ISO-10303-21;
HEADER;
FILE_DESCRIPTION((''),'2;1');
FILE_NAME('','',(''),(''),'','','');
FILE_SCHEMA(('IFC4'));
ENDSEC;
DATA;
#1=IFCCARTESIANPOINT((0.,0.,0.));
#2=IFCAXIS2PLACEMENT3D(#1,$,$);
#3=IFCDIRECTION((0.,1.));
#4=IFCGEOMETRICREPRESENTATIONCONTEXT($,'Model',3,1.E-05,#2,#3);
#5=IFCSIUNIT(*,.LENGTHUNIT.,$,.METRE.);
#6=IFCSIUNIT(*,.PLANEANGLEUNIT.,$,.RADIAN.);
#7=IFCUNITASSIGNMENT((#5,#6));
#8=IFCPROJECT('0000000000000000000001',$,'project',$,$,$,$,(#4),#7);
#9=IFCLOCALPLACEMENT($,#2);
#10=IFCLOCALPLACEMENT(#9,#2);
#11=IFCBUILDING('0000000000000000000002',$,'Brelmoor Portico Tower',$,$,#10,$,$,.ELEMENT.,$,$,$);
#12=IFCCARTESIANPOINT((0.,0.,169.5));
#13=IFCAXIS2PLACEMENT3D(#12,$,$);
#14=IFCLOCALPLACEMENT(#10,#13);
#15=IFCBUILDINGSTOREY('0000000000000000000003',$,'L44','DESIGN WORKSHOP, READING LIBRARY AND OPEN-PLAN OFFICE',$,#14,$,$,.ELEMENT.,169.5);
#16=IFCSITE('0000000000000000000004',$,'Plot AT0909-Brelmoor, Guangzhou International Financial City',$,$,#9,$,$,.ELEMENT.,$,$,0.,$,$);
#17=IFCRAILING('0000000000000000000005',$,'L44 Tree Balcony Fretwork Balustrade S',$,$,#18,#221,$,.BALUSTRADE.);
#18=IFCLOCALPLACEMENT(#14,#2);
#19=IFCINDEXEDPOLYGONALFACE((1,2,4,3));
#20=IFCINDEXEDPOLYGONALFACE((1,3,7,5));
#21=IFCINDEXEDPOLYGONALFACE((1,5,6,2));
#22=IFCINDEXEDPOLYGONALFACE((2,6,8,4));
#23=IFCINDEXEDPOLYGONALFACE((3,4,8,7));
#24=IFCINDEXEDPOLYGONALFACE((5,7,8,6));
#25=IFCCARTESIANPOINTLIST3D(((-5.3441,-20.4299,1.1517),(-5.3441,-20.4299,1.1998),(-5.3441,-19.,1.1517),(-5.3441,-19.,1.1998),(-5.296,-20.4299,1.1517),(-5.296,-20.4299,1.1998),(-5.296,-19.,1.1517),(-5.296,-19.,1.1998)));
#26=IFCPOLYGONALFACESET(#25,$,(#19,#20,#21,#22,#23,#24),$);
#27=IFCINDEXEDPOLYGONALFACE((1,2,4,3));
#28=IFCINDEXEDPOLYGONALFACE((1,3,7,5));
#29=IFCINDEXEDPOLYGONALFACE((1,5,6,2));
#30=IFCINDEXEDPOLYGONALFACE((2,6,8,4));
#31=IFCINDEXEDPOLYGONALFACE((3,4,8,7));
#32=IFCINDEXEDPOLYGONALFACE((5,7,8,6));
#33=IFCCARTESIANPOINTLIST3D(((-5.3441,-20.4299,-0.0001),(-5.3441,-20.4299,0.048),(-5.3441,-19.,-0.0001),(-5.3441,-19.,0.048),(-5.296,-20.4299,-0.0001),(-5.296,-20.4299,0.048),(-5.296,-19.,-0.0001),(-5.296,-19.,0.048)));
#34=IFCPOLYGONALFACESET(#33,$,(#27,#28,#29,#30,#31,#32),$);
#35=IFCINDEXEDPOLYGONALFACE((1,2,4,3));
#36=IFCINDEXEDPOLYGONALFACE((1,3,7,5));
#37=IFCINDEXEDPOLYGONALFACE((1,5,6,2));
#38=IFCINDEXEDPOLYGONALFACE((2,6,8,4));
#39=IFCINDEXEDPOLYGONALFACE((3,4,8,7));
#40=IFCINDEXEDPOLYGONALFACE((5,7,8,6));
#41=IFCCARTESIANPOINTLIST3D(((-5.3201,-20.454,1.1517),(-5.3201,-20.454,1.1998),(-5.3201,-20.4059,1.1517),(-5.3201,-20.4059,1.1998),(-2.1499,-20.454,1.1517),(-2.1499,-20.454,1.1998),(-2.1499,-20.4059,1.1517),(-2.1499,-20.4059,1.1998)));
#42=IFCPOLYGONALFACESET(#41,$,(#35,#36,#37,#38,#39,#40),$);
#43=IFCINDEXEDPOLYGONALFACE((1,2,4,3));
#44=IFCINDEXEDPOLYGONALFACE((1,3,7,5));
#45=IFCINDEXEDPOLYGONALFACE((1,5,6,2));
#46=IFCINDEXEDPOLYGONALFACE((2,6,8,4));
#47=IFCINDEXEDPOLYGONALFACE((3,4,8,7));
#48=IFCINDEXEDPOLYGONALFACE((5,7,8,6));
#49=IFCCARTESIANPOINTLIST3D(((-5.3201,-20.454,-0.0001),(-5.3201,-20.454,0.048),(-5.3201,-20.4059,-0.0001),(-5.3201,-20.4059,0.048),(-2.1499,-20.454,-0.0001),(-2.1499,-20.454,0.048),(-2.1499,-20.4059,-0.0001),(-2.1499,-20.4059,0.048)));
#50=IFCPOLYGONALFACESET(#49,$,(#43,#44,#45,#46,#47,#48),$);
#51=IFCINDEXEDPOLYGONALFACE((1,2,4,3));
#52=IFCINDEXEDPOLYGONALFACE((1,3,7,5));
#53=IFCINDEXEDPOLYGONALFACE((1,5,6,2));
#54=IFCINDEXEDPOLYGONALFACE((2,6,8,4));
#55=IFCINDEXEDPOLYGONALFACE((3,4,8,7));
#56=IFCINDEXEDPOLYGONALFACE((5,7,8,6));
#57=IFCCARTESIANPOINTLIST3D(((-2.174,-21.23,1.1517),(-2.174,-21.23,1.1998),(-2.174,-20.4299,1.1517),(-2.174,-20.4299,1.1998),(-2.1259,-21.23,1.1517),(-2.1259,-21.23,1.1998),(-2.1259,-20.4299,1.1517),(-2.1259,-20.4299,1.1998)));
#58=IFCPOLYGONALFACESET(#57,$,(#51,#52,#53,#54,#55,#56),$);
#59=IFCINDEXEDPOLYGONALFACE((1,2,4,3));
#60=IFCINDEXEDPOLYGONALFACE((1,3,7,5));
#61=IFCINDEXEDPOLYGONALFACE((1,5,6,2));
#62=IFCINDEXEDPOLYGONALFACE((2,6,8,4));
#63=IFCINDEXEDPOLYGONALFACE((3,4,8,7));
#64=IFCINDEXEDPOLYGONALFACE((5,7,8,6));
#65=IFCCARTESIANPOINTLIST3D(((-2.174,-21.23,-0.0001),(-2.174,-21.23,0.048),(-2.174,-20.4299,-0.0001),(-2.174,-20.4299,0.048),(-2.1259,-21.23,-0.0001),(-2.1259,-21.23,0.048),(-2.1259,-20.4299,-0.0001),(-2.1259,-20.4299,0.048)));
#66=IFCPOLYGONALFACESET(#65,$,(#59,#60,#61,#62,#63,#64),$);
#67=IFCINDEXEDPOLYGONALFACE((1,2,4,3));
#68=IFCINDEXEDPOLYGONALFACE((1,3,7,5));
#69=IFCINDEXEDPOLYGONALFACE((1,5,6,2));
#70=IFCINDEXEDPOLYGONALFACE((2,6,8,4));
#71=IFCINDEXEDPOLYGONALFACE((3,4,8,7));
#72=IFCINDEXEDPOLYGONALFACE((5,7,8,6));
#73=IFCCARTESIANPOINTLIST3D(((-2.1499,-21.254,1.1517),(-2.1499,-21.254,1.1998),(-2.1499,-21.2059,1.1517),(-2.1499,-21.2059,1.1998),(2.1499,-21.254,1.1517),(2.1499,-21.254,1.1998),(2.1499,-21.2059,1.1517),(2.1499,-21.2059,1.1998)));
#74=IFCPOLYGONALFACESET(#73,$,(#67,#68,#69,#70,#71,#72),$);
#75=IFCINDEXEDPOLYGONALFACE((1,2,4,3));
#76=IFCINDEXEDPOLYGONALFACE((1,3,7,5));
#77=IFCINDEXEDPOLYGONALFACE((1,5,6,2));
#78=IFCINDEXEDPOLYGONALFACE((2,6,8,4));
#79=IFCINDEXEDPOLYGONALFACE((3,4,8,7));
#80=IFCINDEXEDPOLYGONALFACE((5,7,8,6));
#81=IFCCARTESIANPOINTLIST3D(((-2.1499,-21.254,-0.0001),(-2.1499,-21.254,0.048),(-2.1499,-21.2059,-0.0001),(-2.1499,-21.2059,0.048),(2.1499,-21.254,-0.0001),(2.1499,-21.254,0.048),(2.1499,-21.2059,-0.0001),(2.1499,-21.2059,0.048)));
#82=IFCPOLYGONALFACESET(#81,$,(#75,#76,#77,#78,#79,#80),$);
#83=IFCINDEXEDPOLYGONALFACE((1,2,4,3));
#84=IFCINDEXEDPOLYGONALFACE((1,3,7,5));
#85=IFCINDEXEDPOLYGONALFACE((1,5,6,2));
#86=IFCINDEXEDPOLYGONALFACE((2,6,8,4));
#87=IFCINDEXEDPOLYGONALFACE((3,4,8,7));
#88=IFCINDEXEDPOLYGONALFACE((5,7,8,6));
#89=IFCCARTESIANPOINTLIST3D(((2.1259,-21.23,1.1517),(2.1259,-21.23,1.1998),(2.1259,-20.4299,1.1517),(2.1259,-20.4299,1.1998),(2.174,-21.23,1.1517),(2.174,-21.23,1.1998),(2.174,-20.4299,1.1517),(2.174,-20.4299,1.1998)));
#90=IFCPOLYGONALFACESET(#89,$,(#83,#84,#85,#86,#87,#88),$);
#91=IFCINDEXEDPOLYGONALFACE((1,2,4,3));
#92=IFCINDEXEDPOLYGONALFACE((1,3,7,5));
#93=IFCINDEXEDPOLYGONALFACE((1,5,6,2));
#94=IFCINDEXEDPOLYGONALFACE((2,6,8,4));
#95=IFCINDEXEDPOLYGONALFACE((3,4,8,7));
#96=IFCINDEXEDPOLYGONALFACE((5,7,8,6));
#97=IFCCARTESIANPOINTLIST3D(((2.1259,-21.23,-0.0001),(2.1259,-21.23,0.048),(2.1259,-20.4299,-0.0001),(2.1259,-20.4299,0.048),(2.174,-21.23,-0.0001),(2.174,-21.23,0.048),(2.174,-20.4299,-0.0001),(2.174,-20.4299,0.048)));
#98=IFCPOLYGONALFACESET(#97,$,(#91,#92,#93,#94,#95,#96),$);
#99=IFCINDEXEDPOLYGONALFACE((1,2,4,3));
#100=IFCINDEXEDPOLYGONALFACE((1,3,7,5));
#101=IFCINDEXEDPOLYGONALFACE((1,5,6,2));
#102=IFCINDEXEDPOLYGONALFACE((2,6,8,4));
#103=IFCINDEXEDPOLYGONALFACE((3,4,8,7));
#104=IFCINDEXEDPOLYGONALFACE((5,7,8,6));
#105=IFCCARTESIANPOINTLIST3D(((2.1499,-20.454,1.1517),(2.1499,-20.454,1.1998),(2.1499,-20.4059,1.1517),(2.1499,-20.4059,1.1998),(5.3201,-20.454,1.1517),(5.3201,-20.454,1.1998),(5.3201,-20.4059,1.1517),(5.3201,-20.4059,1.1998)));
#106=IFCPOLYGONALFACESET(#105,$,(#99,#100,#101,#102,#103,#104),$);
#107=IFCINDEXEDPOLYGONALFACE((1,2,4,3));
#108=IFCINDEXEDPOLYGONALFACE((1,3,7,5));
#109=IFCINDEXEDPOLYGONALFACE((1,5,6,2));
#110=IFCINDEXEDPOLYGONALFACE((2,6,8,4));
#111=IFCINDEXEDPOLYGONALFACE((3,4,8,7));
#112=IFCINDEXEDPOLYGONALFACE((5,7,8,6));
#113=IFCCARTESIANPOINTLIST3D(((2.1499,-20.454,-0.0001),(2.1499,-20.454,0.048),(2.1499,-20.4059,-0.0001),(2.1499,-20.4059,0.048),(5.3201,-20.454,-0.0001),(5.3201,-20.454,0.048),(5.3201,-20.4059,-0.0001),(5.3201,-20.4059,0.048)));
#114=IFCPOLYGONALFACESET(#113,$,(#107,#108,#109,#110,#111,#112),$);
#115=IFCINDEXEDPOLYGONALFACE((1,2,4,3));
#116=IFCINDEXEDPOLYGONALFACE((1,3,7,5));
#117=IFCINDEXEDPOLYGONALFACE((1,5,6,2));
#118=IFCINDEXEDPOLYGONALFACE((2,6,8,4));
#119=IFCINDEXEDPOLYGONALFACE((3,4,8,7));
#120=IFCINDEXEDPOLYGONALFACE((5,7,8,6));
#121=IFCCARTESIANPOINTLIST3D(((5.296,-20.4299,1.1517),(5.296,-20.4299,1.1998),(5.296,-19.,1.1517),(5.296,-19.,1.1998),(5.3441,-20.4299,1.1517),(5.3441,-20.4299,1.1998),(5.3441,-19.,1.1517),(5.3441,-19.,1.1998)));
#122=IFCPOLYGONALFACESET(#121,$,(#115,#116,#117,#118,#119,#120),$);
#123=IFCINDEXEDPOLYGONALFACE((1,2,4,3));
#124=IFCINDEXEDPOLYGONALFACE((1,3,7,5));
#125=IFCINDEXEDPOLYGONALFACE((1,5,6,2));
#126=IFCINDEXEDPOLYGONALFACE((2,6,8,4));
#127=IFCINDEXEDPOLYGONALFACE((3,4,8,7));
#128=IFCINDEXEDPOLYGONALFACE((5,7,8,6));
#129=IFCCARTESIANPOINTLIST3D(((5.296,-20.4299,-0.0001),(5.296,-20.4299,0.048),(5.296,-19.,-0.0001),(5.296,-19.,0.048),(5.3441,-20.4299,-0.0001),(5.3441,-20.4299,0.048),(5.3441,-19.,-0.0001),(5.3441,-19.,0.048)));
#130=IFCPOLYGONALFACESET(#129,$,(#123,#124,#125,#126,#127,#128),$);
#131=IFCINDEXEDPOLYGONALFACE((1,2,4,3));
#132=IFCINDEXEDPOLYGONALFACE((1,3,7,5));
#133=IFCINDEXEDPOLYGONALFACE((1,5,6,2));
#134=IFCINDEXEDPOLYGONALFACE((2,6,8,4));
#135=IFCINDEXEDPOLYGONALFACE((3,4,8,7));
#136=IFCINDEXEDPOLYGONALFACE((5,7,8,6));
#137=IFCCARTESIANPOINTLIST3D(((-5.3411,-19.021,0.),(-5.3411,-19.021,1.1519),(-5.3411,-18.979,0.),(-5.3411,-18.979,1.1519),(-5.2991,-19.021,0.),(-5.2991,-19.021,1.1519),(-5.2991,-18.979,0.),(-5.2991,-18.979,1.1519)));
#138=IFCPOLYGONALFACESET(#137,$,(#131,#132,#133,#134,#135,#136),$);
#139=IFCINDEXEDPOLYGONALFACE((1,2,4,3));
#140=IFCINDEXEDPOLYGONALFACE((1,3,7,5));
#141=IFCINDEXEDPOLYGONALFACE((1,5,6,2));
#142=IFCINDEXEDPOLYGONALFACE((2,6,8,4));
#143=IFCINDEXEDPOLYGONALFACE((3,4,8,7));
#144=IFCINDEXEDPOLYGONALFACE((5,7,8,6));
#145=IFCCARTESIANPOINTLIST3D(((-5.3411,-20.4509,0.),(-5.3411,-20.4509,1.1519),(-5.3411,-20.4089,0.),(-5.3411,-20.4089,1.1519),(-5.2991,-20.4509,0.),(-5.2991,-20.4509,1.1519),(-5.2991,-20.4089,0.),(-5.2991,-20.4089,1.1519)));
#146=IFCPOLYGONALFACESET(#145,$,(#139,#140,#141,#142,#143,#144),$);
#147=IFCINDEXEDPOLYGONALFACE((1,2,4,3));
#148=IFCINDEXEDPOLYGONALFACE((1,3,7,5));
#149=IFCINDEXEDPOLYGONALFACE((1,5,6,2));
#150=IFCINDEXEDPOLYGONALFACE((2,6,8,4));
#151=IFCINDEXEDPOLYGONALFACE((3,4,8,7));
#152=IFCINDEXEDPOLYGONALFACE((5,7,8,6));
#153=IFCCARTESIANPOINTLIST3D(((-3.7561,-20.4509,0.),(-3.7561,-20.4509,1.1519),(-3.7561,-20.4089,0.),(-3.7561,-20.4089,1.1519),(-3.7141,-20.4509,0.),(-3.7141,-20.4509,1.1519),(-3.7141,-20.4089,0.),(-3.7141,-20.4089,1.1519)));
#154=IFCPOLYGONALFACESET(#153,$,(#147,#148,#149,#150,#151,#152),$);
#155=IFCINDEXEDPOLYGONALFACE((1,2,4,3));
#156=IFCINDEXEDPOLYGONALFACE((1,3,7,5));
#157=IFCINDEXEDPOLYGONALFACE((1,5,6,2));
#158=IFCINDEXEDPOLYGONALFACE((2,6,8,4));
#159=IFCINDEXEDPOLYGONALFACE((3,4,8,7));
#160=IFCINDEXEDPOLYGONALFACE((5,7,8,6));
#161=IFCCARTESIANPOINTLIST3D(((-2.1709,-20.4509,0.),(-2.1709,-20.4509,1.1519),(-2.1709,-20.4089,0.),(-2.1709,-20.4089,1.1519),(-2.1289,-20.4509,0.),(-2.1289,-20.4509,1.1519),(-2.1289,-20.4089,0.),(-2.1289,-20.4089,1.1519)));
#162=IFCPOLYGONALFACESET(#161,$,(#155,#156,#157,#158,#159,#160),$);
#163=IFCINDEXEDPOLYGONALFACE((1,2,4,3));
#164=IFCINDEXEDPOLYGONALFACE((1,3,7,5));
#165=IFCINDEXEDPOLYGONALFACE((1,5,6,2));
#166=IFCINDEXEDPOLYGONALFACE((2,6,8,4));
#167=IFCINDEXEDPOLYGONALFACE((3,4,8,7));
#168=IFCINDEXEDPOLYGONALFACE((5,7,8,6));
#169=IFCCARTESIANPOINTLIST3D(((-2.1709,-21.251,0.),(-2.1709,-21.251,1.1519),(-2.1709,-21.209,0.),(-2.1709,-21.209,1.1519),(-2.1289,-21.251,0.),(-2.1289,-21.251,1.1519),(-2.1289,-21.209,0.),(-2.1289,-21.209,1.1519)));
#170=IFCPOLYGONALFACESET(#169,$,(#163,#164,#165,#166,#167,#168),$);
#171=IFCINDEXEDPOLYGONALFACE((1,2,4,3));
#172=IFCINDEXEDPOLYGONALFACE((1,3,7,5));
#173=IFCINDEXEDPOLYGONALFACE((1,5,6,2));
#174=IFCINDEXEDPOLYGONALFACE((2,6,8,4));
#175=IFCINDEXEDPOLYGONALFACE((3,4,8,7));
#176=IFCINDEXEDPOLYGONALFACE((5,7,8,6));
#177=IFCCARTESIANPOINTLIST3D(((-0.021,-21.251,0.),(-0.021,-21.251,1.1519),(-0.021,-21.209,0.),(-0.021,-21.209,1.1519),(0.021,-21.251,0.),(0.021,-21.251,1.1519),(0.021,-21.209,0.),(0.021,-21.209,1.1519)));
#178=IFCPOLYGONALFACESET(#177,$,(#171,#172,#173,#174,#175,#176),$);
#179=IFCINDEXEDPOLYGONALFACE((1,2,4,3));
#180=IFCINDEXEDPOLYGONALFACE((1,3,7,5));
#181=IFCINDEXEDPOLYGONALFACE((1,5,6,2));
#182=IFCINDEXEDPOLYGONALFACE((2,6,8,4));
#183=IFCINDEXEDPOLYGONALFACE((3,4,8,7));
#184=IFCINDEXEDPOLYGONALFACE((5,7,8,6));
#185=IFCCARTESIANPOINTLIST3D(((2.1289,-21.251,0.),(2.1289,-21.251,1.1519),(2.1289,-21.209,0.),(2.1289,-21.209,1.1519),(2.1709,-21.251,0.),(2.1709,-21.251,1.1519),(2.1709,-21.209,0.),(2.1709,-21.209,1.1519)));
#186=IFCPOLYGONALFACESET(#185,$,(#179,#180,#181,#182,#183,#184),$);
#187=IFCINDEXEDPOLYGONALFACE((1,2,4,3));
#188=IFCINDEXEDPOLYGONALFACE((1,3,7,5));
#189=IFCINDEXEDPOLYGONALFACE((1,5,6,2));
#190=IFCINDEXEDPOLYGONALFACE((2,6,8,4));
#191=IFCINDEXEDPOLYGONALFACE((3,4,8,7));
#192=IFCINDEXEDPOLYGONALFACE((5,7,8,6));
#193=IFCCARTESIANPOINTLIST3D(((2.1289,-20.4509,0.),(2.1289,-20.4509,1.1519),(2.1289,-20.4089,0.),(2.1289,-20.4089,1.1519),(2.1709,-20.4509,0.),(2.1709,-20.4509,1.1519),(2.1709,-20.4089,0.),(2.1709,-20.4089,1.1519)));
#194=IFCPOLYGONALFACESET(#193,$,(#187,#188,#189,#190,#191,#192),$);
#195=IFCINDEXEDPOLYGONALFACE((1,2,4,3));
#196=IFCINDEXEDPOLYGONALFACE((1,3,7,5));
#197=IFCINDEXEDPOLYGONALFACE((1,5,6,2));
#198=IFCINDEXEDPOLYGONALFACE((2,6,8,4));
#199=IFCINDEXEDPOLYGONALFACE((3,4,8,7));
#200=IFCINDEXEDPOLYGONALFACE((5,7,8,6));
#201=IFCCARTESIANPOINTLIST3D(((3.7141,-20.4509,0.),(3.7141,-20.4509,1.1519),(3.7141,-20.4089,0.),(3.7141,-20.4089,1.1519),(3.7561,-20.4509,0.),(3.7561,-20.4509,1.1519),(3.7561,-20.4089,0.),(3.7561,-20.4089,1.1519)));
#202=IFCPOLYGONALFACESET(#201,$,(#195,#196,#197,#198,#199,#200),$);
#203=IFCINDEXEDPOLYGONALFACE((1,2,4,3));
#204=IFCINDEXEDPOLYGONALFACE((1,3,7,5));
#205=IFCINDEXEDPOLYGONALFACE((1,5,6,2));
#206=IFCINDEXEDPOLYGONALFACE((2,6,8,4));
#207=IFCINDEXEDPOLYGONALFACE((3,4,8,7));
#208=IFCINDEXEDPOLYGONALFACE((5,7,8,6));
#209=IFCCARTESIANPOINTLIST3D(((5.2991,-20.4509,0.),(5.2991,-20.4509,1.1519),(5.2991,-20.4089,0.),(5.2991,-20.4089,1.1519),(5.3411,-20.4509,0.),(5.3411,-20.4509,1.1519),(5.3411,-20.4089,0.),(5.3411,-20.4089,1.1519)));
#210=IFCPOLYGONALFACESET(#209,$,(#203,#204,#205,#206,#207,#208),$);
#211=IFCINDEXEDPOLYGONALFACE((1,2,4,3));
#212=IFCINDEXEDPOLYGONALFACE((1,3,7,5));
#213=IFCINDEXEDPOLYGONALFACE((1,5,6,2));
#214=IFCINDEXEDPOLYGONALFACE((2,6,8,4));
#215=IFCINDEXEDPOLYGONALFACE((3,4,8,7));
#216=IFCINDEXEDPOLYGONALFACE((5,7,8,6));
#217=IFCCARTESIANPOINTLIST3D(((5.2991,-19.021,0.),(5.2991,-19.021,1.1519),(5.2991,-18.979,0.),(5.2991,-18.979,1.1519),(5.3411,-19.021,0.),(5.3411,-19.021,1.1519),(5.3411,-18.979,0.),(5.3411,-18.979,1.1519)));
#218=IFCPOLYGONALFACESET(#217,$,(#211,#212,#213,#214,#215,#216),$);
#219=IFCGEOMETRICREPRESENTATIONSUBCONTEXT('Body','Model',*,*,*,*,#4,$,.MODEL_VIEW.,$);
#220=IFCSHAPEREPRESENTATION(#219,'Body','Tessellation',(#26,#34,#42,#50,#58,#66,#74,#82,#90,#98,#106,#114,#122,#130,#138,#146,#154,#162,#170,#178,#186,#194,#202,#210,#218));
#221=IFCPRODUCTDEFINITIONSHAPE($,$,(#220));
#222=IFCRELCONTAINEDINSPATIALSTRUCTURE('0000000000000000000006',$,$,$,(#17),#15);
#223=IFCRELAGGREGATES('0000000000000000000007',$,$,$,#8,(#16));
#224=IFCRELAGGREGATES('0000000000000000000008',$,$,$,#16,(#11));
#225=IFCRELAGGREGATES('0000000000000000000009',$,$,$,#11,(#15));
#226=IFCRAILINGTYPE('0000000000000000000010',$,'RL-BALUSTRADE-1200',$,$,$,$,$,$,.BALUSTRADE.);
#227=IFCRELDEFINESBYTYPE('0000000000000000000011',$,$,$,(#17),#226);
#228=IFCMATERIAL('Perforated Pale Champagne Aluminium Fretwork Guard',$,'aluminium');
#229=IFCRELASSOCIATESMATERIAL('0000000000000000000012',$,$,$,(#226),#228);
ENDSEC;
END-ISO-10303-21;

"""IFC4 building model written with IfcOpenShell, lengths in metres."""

from ifc_helpers import new_model, si_unit, direction, frame, origin, origin_2d, place, context, subcontext, project, spatial, rectangle, extrude, material, type_object, element, save


model = new_model("IFC4")

# Units and contexts
model_context = context("Model", 3, precision=1e-05, world=origin(), true_north=direction((0.0, 1.0)))
body_context = subcontext(model_context, "Body", "Model", "MODEL_VIEW")
ifc_project = project(units=[si_unit("LENGTHUNIT", "METRE"), si_unit("PLANEANGLEUNIT", "RADIAN")], contexts=[model_context])

# Site, building, storey
site_placement = place(None, origin())
site = spatial("IfcSite", under=ifc_project, at=site_placement, Name="Plot AT0909-Brelmoor, Guangzhou International Financial City", CompositionType="ELEMENT", RefElevation=0.0)
building_placement = place(site_placement, origin())
building = spatial("IfcBuilding", under=site, at=building_placement, Name="Brelmoor Portico Tower", CompositionType="ELEMENT")
storey_placement = place(building_placement, frame((0.0, 0.0, 169.5)))
storey = spatial("IfcBuildingStorey", under=building, at=storey_placement, Name="L44", Description="DESIGN WORKSHOP, READING LIBRARY AND OPEN-PLAN OFFICE", CompositionType="ELEMENT", Elevation=169.5)

# Railing
ifc_material_1 = material(Name="Perforated Pale Champagne Aluminium Fretwork Guard", Category="aluminium")
railing_type = type_object("IfcRailingType", Name="RL-BALUSTRADE-1200", PredefinedType="BALUSTRADE", material=ifc_material_1)
railing_placement = place(storey_placement, frame((-5.3201, -19.0, 0.0)))
element("IfcRailing", 1, at=railing_placement, inside=storey, type_object=railing_type, Name="L44 Tree Balcony Fretwork Balustrade S", PredefinedType="BALUSTRADE", context=body_context, shape_type="SweptSolid", body=[
    extrude(rectangle(XDim=0.0481, YDim=0.0481, at=origin_2d()), frame((0.0, 0.0, 1.1758), z_axis=(0.0, -1.0, 0.0), x_axis=(1.0, 0.0, 0.0)), (0.0, 0.0, 1.0), 1.4299),
    extrude(rectangle(XDim=0.0481, YDim=0.0481, at=origin_2d()), frame((0.0, 0.0, 0.0239), z_axis=(0.0, -1.0, 0.0), x_axis=(1.0, 0.0, 0.0)), (0.0, 0.0, 1.0), 1.4299),
    extrude(rectangle(XDim=0.0481, YDim=0.0481, at=origin_2d()), frame((0.0, -1.4299, 1.1758), z_axis=(1.0, 0.0, 0.0), x_axis=(0.0, 1.0, 0.0)), (0.0, 0.0, 1.0), 3.1702),
    extrude(rectangle(XDim=0.0481, YDim=0.0481, at=origin_2d()), frame((0.0, -1.4299, 0.0239), z_axis=(1.0, 0.0, 0.0), x_axis=(0.0, 1.0, 0.0)), (0.0, 0.0, 1.0), 3.1702),
    extrude(rectangle(XDim=0.0481, YDim=0.0481, at=origin_2d()), frame((3.1702, -1.4299, 1.1758), z_axis=(0.0, -1.0, 0.0), x_axis=(1.0, 0.0, 0.0)), (0.0, 0.0, 1.0), 0.8),
    extrude(rectangle(XDim=0.0481, YDim=0.0481, at=origin_2d()), frame((3.1702, -1.4299, 0.0239), z_axis=(0.0, -1.0, 0.0), x_axis=(1.0, 0.0, 0.0)), (0.0, 0.0, 1.0), 0.8),
    extrude(rectangle(XDim=0.0481, YDim=0.0481, at=origin_2d()), frame((3.1702, -2.23, 1.1758), z_axis=(1.0, 0.0, 0.0), x_axis=(0.0, 1.0, 0.0)), (0.0, 0.0, 1.0), 4.2998),
    extrude(rectangle(XDim=0.0481, YDim=0.0481, at=origin_2d()), frame((3.1702, -2.23, 0.0239), z_axis=(1.0, 0.0, 0.0), x_axis=(0.0, 1.0, 0.0)), (0.0, 0.0, 1.0), 4.2998),
    extrude(rectangle(XDim=0.0481, YDim=0.0481, at=origin_2d()), frame((7.47, -2.23, 1.1758), z_axis=(0.0, 1.0, 0.0), x_axis=(-1.0, 0.0, 0.0)), (0.0, 0.0, 1.0), 0.8),
    extrude(rectangle(XDim=0.0481, YDim=0.0481, at=origin_2d()), frame((7.47, -2.23, 0.0239), z_axis=(0.0, 1.0, 0.0), x_axis=(-1.0, 0.0, 0.0)), (0.0, 0.0, 1.0), 0.8),
    extrude(rectangle(XDim=0.0481, YDim=0.0481, at=origin_2d()), frame((7.47, -1.4299, 1.1758), z_axis=(1.0, 0.0, 0.0), x_axis=(0.0, 1.0, 0.0)), (0.0, 0.0, 1.0), 3.1702),
    extrude(rectangle(XDim=0.0481, YDim=0.0481, at=origin_2d()), frame((7.47, -1.4299, 0.0239), z_axis=(1.0, 0.0, 0.0), x_axis=(0.0, 1.0, 0.0)), (0.0, 0.0, 1.0), 3.1702),
    extrude(rectangle(XDim=0.0481, YDim=0.0481, at=origin_2d()), frame((10.6401, -1.4299, 1.1758), z_axis=(0.0, 1.0, 0.0), x_axis=(-1.0, 0.0, 0.0)), (0.0, 0.0, 1.0), 1.4299),
    extrude(rectangle(XDim=0.0481, YDim=0.0481, at=origin_2d()), frame((10.6401, -1.4299, 0.0239), z_axis=(0.0, 1.0, 0.0), x_axis=(-1.0, 0.0, 0.0)), (0.0, 0.0, 1.0), 1.4299),
    extrude(rectangle(XDim=0.042, YDim=0.042, at=origin_2d()), origin(), (0.0, 0.0, 1.0), 1.1519),
    extrude(rectangle(XDim=0.042, YDim=0.042, at=origin_2d()), frame((0.0, -1.4299, 0.0)), (0.0, 0.0, 1.0), 1.1519),
    extrude(rectangle(XDim=0.042, YDim=0.042, at=origin_2d()), frame((1.585, -1.4299, 0.0)), (0.0, 0.0, 1.0), 1.1519),
    extrude(rectangle(XDim=0.042, YDim=0.042, at=origin_2d()), frame((3.1702, -1.4299, 0.0)), (0.0, 0.0, 1.0), 1.1519),
    extrude(rectangle(XDim=0.042, YDim=0.042, at=origin_2d()), frame((3.1702, -2.23, 0.0)), (0.0, 0.0, 1.0), 1.1519),
    extrude(rectangle(XDim=0.042, YDim=0.042, at=origin_2d()), frame((5.3201, -2.23, 0.0)), (0.0, 0.0, 1.0), 1.1519),
    extrude(rectangle(XDim=0.042, YDim=0.042, at=origin_2d()), frame((7.47, -2.23, 0.0)), (0.0, 0.0, 1.0), 1.1519),
    extrude(rectangle(XDim=0.042, YDim=0.042, at=origin_2d()), frame((7.47, -1.4299, 0.0)), (0.0, 0.0, 1.0), 1.1519),
    extrude(rectangle(XDim=0.042, YDim=0.042, at=origin_2d()), frame((9.0552, -1.4299, 0.0)), (0.0, 0.0, 1.0), 1.1519),
    extrude(rectangle(XDim=0.042, YDim=0.042, at=origin_2d()), frame((10.6401, -1.4299, 0.0)), (0.0, 0.0, 1.0), 1.1519),
    extrude(rectangle(XDim=0.042, YDim=0.042, at=origin_2d()), frame((10.6401, 0.0, 0.0)), (0.0, 0.0, 1.0), 1.1519),
])

save(model, "model.ifc")
